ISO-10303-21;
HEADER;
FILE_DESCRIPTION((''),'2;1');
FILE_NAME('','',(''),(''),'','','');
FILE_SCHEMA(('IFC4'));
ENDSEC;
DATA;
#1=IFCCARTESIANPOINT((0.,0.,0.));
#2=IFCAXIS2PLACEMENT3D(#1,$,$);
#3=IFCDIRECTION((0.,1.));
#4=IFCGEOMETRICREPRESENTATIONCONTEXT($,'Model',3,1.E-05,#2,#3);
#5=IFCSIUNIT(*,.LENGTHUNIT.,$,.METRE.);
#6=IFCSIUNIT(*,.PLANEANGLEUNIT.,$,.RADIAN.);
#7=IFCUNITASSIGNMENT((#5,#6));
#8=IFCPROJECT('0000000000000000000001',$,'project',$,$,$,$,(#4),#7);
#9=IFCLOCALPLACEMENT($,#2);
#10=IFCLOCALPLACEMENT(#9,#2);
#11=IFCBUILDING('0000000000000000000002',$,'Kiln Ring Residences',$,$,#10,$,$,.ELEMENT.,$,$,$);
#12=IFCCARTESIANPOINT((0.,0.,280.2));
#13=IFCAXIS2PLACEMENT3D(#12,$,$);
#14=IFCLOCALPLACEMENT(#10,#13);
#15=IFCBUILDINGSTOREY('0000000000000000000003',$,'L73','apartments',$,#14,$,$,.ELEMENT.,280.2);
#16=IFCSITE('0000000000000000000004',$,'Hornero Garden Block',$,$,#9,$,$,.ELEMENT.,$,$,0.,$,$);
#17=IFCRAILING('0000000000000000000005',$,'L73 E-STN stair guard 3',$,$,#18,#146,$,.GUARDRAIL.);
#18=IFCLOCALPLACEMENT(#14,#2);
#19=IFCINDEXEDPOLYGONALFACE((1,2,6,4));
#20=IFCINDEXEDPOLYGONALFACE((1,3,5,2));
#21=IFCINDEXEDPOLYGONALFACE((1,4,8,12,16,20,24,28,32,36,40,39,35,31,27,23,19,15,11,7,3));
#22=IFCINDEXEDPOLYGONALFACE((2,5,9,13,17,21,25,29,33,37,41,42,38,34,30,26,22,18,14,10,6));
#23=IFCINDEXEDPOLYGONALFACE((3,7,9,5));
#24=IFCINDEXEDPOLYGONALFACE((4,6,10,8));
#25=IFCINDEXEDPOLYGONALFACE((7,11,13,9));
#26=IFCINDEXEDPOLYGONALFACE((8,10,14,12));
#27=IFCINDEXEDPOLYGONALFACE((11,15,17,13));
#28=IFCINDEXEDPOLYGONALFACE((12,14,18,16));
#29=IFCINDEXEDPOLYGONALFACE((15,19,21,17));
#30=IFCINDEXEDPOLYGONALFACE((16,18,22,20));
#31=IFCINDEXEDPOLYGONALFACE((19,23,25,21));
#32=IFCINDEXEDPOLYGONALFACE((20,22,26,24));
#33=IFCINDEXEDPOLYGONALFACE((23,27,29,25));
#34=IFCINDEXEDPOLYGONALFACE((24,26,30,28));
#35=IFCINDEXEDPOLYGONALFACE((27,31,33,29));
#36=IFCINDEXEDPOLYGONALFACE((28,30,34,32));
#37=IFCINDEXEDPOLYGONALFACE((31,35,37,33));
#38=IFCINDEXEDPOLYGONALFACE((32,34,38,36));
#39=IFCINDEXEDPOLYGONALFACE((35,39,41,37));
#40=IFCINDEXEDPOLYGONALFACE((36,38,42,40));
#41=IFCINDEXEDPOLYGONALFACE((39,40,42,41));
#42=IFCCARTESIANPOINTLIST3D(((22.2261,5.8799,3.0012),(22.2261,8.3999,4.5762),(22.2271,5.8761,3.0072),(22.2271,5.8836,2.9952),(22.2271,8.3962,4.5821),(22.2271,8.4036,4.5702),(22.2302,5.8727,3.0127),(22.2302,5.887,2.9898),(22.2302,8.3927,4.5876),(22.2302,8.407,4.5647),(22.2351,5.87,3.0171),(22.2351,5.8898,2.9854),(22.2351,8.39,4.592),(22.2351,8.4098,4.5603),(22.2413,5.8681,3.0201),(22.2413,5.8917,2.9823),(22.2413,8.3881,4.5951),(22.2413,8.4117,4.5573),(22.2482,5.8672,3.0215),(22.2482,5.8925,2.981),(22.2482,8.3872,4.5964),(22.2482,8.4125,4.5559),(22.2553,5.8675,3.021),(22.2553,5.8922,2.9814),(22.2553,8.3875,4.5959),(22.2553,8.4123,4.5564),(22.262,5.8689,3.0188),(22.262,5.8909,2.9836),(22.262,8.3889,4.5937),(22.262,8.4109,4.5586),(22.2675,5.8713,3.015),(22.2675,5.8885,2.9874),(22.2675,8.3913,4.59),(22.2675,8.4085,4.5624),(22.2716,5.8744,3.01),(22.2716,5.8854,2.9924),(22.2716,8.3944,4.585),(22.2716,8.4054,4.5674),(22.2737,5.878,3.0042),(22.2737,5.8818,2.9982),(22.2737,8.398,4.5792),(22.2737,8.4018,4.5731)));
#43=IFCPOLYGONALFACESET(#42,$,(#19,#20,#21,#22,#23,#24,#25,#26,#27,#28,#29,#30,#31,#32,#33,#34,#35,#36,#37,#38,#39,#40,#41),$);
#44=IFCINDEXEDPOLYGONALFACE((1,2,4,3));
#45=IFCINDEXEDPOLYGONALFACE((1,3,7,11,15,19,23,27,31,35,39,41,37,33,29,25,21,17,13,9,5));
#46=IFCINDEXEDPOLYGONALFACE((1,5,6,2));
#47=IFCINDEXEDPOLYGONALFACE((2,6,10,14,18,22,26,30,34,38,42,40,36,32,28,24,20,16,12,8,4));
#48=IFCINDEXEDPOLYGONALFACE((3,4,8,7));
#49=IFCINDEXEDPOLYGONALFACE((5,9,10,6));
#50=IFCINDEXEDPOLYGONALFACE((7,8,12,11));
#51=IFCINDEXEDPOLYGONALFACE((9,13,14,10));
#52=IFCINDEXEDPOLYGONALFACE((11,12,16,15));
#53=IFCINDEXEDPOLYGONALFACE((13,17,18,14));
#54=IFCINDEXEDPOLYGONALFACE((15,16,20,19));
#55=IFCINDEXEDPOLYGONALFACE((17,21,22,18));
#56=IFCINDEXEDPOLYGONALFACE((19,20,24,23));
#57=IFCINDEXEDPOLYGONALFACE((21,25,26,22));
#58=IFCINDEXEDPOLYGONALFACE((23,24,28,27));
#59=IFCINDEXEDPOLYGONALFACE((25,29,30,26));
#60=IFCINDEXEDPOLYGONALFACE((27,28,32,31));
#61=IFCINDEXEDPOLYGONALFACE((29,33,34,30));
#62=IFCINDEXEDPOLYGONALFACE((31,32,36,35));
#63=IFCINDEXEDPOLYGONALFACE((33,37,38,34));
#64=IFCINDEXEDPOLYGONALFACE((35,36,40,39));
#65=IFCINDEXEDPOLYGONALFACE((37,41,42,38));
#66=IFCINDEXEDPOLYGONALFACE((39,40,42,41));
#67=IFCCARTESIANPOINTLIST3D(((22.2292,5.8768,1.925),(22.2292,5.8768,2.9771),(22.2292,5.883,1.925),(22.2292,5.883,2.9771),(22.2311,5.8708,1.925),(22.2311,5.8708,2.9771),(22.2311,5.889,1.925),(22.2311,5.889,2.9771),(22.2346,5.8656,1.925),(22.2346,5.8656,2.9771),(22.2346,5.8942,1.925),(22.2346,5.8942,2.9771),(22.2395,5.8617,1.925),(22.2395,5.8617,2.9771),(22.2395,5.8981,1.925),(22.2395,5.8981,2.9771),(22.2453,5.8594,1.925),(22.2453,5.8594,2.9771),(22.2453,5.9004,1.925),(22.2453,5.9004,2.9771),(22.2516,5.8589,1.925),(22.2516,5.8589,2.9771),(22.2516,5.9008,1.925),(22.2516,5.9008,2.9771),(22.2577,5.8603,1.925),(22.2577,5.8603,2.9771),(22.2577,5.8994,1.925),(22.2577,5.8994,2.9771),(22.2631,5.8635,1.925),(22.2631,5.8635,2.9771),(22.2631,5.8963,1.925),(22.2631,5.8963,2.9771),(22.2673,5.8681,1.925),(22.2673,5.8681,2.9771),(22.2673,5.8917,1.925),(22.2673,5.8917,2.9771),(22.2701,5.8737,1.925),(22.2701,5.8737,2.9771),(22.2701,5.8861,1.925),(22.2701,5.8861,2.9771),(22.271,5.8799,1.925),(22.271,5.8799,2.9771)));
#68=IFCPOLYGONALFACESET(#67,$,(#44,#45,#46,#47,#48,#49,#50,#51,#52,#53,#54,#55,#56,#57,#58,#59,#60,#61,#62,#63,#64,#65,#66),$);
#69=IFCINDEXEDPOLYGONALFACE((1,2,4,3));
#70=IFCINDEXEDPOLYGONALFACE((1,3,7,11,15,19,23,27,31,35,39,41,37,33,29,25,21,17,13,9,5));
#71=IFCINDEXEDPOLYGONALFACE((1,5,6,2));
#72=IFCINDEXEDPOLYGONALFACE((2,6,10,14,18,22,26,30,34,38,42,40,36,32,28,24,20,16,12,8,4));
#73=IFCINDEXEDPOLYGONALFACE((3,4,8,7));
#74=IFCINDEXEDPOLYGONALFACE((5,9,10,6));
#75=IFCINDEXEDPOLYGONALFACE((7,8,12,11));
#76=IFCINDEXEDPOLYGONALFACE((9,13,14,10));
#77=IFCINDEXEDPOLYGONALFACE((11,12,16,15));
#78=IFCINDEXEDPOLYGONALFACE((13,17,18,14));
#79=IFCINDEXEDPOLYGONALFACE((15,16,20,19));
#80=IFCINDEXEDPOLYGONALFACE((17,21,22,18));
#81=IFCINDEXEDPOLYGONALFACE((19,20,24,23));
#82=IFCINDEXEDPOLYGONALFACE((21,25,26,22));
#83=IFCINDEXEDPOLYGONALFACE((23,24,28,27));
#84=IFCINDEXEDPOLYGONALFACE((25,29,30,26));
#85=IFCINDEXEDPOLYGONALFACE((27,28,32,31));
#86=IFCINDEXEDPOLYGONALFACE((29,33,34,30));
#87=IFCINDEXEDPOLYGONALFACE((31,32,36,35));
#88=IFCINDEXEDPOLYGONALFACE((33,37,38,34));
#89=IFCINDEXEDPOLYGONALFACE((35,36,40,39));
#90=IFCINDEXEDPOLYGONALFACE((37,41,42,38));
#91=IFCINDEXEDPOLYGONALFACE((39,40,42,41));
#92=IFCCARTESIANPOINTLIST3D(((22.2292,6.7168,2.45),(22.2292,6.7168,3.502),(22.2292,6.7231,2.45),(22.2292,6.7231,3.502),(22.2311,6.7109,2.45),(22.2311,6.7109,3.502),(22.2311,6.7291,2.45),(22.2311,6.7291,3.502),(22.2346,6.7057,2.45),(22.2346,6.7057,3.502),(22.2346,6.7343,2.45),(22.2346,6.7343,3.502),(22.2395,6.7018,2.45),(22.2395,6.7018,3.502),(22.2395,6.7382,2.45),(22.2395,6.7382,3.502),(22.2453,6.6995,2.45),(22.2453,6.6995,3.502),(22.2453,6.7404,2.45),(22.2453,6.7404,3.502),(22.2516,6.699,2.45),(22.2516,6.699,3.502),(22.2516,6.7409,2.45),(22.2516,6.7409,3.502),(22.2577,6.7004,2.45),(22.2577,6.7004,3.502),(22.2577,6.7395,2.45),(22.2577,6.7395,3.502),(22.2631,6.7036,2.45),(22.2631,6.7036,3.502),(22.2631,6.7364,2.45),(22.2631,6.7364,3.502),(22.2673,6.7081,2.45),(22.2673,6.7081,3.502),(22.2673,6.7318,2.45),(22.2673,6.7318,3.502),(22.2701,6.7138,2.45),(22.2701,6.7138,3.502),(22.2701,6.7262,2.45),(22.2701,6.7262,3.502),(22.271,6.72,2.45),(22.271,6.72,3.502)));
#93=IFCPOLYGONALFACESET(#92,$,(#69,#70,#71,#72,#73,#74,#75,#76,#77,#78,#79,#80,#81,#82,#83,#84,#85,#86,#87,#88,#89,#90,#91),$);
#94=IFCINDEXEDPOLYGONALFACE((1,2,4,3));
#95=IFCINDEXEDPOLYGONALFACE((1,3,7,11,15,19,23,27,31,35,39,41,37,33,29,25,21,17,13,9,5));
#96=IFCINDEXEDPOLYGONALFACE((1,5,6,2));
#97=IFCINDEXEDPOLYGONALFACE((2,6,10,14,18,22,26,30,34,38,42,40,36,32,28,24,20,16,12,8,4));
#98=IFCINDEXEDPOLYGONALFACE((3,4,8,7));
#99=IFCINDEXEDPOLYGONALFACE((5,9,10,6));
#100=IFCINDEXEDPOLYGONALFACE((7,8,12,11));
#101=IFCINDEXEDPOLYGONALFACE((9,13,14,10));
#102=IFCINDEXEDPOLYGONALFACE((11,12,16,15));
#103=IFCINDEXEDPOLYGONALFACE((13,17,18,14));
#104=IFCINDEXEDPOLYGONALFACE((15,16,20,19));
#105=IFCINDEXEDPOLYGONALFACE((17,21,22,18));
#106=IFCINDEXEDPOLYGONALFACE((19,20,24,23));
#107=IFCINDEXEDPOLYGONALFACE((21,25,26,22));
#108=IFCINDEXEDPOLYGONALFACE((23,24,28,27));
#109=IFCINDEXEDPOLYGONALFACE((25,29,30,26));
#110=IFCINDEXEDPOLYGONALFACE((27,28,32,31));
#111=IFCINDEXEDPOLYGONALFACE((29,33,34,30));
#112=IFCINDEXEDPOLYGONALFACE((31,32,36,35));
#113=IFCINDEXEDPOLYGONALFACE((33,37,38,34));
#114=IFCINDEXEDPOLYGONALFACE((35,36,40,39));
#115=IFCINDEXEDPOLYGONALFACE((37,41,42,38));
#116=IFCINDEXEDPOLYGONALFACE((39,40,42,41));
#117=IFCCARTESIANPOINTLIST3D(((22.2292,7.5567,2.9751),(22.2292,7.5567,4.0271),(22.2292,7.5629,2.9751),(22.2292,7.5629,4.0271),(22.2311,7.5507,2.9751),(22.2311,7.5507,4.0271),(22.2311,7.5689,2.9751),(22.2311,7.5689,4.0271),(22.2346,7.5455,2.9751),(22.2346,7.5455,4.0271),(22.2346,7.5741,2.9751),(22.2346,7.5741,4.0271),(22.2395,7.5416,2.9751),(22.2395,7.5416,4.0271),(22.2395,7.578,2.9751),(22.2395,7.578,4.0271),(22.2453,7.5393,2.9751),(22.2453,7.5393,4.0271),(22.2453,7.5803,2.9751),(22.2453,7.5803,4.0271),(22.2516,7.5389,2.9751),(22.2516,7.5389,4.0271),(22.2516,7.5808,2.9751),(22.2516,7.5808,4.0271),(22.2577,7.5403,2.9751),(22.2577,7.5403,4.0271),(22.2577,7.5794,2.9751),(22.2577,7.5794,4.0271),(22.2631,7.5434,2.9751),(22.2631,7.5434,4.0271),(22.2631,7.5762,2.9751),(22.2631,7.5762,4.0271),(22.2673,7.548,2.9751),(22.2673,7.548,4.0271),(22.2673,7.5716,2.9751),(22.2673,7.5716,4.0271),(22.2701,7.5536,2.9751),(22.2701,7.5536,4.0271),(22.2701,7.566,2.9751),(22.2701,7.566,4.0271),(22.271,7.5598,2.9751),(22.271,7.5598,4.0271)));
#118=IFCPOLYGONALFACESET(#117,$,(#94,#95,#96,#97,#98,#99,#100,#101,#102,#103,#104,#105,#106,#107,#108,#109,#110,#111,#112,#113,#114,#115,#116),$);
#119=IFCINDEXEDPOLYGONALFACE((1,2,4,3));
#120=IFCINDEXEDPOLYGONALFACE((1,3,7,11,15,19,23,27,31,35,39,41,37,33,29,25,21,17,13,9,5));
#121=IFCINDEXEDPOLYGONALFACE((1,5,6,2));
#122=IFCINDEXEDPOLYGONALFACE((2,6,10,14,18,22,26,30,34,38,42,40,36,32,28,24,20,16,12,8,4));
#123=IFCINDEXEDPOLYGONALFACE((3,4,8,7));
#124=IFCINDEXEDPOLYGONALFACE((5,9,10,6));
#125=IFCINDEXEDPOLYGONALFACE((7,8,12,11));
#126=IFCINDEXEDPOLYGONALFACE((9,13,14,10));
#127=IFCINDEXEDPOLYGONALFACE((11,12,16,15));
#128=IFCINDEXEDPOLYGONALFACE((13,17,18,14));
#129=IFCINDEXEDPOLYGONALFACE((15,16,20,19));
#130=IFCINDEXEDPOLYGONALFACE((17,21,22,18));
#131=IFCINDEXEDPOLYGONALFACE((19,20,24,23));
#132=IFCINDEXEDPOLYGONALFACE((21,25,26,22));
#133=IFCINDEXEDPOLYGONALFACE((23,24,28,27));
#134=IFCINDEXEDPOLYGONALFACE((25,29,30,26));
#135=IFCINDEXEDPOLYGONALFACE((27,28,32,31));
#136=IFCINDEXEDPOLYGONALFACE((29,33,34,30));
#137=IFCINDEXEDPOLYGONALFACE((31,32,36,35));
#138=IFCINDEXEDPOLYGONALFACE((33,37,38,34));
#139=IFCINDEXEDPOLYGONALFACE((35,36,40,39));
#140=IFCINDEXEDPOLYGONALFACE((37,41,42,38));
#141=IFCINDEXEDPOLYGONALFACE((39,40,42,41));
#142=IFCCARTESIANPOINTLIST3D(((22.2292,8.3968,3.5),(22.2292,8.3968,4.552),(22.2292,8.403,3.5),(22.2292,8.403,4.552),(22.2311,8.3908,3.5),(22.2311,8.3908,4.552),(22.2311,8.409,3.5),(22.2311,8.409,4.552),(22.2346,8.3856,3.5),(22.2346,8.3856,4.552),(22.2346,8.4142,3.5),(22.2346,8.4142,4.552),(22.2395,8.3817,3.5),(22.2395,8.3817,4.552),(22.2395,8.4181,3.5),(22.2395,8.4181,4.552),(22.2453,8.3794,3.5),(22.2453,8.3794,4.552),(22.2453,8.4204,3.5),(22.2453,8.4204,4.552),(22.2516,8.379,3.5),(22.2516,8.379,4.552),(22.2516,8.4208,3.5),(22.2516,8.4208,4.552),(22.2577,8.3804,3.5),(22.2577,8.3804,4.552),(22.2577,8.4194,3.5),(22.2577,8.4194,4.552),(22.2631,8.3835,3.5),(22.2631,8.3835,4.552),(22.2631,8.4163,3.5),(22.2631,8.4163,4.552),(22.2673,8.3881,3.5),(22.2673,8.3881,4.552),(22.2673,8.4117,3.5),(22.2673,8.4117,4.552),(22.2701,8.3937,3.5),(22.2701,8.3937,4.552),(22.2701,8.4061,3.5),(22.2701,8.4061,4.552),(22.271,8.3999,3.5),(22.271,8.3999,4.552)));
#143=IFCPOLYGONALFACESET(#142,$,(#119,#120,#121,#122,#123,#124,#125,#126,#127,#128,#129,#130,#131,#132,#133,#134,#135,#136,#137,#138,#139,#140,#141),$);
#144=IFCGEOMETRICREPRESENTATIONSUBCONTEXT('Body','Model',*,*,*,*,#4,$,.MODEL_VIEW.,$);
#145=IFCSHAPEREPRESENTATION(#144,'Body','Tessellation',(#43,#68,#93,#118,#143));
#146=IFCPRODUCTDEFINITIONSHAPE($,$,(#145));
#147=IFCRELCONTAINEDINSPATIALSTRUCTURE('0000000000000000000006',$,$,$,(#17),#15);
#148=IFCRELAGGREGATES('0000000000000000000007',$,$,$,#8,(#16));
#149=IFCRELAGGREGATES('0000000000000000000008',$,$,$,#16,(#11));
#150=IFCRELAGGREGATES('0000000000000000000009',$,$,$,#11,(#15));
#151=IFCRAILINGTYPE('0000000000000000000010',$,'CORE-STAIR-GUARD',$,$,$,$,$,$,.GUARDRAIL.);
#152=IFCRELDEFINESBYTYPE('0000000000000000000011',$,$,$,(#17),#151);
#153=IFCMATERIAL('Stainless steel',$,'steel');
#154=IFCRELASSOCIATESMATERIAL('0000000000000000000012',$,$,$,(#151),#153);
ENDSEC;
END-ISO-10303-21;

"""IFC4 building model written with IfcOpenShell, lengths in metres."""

from ifc_helpers import new_model, si_unit, direction, frame, origin, origin_2d, place, context, subcontext, project, spatial, circle, extrude, material, type_object, element, save


model = new_model("IFC4")

# Units and contexts
model_context = context("Model", 3, precision=1e-05, world=origin(), true_north=direction((0.0, 1.0)))
body_context = subcontext(model_context, "Body", "Model", "MODEL_VIEW")
ifc_project = project(units=[si_unit("LENGTHUNIT", "METRE"), si_unit("PLANEANGLEUNIT", "RADIAN")], contexts=[model_context])

# Site, building, storey
site_placement = place(None, origin())
site = spatial("IfcSite", under=ifc_project, at=site_placement, Name="Hornero Garden Block", CompositionType="ELEMENT", RefElevation=0.0)
building_placement = place(site_placement, origin())
building = spatial("IfcBuilding", under=site, at=building_placement, Name="Kiln Ring Residences", CompositionType="ELEMENT")
storey_placement = place(building_placement, frame((0.0, 0.0, 280.2)))
storey = spatial("IfcBuildingStorey", under=building, at=storey_placement, Name="L73", Description="apartments", CompositionType="ELEMENT", Elevation=280.2)

# Railing
ifc_material_1 = material(Name="Stainless steel", Category="steel")
railing_type_1 = type_object("IfcRailingType", Name="CORE-STAIR-GUARD", PredefinedType="GUARDRAIL", material=ifc_material_1)
railing_1_placement = place(storey_placement, frame((22.25, 5.8799, 1.925)))
element("IfcRailing", 1, at=railing_1_placement, inside=storey, type_object=railing_type_1, Name="L73 E-STN stair guard 3", PredefinedType="GUARDRAIL", context=body_context, shape_type="SweptSolid", body=[
    extrude(circle(Radius=0.0239, at=origin_2d()), frame((0.0, 0.0, 1.0762), z_axis=(0.0, 0.848008, 0.529984), x_axis=(-1.0, 0.0, 0.0)), (0.0, 0.0, 1.0), 2.9717),
    extrude(circle(Radius=0.021, at=origin_2d()), origin(), (0.0, 0.0, 1.0), 1.052),
    extrude(circle(Radius=0.021, at=origin_2d()), frame((0.0, 0.8401, 0.5249)), (0.0, 0.0, 1.0), 1.052),
    extrude(circle(Radius=0.021, at=origin_2d()), frame((0.0, 1.6799, 1.05)), (0.0, 0.0, 1.0), 1.052),
    extrude(circle(Radius=0.021, at=origin_2d()), frame((0.0, 2.52, 1.575)), (0.0, 0.0, 1.0), 1.052),
])

save(model, "model.ifc")
